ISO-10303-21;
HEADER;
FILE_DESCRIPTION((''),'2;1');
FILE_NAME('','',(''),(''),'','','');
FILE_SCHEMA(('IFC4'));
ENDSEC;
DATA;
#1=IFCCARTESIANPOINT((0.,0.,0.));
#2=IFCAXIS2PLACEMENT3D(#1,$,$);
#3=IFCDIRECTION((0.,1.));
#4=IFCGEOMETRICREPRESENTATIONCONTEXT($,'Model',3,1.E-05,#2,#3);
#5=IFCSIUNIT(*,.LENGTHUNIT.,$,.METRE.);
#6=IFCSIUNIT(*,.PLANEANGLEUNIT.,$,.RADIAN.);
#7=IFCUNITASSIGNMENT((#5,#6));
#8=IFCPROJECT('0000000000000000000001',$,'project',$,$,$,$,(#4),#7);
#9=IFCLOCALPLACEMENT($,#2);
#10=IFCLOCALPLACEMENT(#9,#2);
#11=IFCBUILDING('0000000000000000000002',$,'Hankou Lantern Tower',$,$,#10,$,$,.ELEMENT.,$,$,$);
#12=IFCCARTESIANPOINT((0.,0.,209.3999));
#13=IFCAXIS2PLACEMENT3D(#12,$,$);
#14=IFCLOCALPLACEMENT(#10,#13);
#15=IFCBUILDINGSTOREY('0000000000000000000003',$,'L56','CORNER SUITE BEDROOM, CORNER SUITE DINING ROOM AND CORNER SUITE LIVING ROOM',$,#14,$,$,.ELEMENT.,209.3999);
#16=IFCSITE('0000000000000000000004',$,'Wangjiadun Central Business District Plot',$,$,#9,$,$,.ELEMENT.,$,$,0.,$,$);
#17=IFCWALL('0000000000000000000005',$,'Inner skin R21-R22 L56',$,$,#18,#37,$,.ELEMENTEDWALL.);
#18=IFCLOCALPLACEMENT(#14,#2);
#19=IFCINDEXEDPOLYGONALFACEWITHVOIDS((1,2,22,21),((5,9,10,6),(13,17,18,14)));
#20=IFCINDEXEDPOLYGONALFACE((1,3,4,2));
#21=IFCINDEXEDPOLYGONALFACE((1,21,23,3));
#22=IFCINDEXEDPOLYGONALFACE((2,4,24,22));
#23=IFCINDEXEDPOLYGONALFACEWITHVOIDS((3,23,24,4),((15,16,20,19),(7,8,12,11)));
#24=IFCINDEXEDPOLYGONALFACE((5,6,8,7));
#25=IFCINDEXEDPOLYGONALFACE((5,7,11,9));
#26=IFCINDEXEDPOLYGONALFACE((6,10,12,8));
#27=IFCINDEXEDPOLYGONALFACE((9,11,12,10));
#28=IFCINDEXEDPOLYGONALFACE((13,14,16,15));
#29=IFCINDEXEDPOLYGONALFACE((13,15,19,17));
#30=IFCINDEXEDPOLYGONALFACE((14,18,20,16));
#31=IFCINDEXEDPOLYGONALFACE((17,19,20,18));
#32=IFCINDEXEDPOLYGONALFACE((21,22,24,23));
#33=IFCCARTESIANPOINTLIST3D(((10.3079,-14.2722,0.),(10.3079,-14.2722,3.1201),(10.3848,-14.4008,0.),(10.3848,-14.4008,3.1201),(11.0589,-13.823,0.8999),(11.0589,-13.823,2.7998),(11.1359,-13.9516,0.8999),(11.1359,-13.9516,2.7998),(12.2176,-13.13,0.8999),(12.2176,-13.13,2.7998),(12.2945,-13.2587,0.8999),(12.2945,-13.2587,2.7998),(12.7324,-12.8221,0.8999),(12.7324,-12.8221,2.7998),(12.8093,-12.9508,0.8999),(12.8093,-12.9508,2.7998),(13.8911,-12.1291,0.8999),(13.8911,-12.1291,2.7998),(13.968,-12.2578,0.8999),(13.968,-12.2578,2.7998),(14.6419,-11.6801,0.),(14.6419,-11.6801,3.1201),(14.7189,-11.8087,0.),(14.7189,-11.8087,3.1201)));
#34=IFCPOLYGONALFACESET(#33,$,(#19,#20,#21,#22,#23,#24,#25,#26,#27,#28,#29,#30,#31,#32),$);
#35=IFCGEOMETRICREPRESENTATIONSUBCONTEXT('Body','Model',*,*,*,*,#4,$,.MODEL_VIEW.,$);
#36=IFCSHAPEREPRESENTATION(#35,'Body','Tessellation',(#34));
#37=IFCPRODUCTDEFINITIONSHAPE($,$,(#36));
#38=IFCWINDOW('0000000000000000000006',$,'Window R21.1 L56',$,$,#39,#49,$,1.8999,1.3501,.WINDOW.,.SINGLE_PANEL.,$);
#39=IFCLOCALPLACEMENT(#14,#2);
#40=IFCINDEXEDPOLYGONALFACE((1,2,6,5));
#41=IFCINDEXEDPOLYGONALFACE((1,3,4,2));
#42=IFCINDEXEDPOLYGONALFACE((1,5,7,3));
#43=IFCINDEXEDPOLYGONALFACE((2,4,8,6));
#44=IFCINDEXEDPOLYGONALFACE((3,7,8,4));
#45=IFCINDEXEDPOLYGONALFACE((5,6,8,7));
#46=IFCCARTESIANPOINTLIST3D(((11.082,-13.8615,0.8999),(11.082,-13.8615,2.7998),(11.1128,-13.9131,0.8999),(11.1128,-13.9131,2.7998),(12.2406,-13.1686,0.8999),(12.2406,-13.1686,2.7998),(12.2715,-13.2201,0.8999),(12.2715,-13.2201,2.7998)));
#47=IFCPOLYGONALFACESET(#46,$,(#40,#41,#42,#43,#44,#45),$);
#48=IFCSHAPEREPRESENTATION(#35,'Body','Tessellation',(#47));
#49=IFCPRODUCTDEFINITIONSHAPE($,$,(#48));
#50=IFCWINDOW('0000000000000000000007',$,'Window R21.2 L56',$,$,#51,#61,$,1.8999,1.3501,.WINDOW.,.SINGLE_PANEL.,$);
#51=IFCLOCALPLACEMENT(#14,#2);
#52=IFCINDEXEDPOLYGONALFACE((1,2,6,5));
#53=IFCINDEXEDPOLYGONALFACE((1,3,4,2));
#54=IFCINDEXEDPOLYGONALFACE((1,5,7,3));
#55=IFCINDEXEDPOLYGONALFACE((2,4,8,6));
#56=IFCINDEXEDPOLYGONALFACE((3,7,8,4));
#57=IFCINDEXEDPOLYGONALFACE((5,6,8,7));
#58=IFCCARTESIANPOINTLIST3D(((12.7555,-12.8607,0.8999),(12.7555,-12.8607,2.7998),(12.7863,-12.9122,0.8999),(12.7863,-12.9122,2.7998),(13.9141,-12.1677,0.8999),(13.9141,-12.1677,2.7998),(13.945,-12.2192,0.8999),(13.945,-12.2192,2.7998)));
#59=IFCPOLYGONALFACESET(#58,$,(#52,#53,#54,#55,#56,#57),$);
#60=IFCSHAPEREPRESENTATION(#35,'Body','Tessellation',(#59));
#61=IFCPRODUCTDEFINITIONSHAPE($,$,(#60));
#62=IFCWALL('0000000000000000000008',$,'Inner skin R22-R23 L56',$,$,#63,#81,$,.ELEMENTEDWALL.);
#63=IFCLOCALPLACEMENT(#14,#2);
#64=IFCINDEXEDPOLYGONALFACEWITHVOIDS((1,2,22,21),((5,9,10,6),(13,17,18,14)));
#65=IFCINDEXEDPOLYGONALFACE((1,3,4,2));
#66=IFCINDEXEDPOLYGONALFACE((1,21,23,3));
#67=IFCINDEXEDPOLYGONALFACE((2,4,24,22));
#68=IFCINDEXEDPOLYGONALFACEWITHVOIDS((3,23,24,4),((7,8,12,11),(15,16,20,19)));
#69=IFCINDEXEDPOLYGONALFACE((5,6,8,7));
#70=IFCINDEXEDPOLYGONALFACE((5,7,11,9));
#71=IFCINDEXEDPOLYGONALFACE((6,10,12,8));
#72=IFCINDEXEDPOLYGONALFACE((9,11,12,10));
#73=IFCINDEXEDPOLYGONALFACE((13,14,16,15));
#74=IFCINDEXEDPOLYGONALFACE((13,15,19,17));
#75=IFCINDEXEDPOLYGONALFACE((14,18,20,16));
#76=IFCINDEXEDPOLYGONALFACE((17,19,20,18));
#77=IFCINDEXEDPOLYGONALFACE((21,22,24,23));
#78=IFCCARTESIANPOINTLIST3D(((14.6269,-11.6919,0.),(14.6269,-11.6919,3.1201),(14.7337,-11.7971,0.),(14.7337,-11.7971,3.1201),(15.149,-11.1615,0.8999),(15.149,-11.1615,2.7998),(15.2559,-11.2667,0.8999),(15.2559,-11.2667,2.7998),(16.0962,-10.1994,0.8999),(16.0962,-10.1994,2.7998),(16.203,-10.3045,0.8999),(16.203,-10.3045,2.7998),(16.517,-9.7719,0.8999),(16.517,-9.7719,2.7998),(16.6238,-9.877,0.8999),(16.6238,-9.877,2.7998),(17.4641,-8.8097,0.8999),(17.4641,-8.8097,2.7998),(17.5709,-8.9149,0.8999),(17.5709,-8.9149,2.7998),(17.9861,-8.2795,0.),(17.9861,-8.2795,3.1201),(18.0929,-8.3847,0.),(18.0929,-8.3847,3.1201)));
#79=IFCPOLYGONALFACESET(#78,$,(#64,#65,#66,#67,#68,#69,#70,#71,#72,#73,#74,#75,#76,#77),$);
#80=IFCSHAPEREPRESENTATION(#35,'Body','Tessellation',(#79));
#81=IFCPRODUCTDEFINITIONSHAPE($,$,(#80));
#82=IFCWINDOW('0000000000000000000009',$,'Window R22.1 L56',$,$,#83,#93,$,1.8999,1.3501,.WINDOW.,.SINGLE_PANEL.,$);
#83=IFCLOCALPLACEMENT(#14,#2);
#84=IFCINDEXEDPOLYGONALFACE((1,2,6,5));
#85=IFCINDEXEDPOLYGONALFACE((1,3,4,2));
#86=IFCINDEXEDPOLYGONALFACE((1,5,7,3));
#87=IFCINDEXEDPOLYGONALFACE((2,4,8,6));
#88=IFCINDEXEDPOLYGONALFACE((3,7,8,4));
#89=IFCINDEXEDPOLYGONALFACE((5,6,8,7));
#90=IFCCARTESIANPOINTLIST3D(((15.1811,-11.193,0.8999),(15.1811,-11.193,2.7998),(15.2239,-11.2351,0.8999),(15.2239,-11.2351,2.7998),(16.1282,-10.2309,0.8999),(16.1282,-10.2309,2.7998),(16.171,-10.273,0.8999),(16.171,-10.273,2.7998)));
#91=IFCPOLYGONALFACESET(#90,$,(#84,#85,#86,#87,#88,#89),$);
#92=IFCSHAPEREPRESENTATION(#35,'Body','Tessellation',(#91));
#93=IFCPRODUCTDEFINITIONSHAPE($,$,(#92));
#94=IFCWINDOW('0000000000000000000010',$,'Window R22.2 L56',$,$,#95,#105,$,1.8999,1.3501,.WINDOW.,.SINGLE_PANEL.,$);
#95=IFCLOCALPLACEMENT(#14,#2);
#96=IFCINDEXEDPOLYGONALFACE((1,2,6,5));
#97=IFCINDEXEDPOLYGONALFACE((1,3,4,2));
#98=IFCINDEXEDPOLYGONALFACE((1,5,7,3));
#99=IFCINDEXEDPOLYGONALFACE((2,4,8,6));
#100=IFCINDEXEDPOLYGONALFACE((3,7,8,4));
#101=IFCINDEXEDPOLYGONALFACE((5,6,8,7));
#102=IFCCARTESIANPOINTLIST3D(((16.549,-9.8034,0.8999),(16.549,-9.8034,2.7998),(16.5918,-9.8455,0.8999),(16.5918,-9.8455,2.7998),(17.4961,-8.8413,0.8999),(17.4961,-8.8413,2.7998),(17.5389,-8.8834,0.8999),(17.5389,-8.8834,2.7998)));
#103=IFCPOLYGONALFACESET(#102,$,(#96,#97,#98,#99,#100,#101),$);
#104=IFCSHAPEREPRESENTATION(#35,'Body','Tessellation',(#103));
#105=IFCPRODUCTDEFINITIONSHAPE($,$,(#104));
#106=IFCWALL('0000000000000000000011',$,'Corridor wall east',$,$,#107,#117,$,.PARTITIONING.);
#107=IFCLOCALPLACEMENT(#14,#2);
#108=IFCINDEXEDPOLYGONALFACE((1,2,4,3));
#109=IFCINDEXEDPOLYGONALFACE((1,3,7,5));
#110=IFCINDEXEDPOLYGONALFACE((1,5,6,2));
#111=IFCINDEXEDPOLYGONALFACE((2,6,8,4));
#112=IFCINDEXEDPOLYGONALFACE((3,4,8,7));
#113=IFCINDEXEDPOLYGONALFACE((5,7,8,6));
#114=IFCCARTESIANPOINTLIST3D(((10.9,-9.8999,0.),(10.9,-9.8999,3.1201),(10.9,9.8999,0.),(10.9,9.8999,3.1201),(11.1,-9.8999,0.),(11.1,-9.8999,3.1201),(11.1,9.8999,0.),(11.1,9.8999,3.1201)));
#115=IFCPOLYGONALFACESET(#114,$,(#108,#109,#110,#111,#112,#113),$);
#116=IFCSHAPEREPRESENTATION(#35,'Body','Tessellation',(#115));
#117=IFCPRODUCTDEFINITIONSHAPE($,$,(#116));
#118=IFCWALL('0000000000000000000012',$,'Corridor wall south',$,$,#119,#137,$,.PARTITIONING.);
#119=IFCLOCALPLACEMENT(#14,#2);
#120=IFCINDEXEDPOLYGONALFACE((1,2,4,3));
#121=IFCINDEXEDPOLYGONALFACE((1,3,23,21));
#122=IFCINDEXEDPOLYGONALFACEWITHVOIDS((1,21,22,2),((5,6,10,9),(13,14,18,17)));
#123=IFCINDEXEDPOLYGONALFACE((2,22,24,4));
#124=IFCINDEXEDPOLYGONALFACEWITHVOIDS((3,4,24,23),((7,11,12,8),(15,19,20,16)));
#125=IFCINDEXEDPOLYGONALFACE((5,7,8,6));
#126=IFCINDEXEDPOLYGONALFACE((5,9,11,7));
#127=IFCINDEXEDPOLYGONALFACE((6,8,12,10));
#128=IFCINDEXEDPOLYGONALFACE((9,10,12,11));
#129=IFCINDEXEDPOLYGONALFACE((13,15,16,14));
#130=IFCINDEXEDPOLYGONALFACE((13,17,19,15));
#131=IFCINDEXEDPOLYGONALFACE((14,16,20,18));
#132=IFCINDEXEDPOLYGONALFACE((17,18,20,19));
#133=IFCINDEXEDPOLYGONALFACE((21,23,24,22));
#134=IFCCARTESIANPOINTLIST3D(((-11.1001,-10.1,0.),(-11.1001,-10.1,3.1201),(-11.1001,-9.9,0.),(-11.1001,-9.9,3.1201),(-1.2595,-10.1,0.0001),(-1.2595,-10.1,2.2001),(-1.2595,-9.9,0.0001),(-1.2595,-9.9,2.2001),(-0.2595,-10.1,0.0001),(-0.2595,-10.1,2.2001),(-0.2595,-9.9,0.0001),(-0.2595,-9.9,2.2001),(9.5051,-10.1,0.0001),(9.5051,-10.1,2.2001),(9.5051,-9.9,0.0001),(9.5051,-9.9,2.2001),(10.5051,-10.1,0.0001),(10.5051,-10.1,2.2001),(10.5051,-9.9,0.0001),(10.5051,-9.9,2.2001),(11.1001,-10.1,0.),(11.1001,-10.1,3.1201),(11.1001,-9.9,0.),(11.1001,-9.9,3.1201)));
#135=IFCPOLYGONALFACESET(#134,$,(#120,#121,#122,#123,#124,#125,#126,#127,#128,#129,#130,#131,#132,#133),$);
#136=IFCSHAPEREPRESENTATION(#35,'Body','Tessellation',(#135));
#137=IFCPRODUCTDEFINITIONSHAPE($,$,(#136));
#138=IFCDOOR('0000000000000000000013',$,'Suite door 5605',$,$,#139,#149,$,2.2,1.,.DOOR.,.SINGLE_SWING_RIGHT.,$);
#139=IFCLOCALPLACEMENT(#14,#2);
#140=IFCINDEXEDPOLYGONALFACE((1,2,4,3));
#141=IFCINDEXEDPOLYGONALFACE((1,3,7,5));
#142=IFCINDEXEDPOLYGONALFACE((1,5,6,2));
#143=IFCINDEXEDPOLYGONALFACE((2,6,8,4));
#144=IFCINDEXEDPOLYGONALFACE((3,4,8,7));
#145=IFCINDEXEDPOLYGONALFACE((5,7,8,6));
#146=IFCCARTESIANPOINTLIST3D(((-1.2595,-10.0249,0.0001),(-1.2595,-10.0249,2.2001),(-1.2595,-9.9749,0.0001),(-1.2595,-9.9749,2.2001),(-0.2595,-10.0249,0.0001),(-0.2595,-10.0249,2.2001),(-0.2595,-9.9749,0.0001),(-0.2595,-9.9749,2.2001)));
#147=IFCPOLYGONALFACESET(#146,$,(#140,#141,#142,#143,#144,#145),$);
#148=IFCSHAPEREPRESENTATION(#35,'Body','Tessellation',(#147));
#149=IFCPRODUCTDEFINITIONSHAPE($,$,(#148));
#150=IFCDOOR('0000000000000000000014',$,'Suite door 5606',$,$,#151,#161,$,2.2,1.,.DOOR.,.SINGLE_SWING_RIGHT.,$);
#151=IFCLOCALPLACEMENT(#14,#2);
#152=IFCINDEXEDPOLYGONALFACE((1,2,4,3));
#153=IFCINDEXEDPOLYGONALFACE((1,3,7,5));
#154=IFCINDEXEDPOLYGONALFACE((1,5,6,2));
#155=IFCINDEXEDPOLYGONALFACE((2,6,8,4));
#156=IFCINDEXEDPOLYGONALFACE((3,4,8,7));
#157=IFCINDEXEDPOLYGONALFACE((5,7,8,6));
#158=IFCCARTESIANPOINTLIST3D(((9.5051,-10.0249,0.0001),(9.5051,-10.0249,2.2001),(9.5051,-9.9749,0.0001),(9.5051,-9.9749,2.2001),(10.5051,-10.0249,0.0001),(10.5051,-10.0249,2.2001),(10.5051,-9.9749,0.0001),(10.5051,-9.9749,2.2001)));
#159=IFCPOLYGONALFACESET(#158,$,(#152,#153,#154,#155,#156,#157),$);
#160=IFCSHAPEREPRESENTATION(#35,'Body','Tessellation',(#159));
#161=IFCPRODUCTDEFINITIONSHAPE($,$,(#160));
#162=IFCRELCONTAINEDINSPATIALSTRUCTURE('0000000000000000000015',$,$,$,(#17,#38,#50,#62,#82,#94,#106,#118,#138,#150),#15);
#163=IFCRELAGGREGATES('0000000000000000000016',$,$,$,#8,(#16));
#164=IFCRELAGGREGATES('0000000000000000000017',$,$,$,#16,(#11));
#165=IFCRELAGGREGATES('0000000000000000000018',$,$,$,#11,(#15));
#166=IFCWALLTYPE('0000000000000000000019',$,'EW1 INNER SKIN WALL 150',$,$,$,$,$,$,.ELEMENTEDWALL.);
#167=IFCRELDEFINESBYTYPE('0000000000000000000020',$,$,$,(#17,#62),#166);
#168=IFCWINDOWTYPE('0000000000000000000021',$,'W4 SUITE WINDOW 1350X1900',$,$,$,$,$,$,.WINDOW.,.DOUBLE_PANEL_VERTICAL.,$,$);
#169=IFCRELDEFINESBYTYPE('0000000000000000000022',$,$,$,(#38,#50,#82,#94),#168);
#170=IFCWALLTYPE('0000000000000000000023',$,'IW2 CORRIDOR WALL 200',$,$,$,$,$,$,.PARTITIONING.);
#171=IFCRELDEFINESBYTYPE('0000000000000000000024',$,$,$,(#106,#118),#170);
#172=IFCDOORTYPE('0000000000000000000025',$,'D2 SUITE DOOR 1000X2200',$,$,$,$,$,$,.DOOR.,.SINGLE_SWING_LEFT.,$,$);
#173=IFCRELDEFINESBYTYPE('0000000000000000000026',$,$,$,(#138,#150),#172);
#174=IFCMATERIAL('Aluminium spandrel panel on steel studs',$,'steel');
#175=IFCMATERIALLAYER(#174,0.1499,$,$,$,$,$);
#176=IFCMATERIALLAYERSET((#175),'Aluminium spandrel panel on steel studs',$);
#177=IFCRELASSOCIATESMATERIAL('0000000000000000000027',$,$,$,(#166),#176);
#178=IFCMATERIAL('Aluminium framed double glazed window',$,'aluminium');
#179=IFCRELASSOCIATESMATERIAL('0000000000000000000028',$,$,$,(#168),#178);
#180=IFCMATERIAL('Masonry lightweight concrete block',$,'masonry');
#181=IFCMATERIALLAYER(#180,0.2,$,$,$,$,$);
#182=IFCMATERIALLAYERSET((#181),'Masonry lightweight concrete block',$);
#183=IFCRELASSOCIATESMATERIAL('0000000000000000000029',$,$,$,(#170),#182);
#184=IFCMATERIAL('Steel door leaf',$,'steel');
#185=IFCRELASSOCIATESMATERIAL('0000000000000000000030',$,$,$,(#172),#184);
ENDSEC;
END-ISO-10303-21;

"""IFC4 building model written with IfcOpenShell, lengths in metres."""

from ifc_helpers import new_model, si_unit, direction, frame, frame_2d, origin, place, context, subcontext, project, spatial, rectangle, extrude, material, layer, layer_set, type_object, element, fill, save


model = new_model("IFC4")

# Units and contexts
model_context = context("Model", 3, precision=1e-05, world=origin(), true_north=direction((0.0, 1.0)))
body_context = subcontext(model_context, "Body", "Model", "MODEL_VIEW")
ifc_project = project(units=[si_unit("LENGTHUNIT", "METRE"), si_unit("PLANEANGLEUNIT", "RADIAN")], contexts=[model_context])

# Site, building, storey
site_placement = place(None, origin())
site = spatial("IfcSite", under=ifc_project, at=site_placement, Name="Wangjiadun Central Business District Plot", CompositionType="ELEMENT", RefElevation=0.0)
building_placement = place(site_placement, origin())
building = spatial("IfcBuilding", under=site, at=building_placement, Name="Hankou Lantern Tower", CompositionType="ELEMENT")
storey_placement = place(building_placement, frame((0.0, 0.0, 209.3999)))
storey = spatial("IfcBuildingStorey", under=building, at=storey_placement, Name="L56", Description="CORNER SUITE BEDROOM, CORNER SUITE DINING ROOM AND CORNER SUITE LIVING ROOM", CompositionType="ELEMENT", Elevation=209.3999)

# Walls, openings, windows
ifc_material_1 = material(Name="Aluminium spandrel panel on steel studs", Category="steel")
ifc_layer_1 = layer(ifc_material_1, 0.1499)
ifc_layer_set_1 = layer_set([ifc_layer_1], Name="Aluminium spandrel panel on steel studs")
wall_type_1 = type_object("IfcWallType", Name="EW1 INNER SKIN WALL 150", PredefinedType="ELEMENTEDWALL", material=ifc_layer_set_1)
wall_1_placement = place(storey_placement, frame((10.3464, -14.3364, 0.0), z_axis=(0.0, 0.0, 1.0), x_axis=(0.858222, 0.51328, 0.0)))
wall_1 = element("IfcWall", 1, at=wall_1_placement, inside=storey, type_object=wall_type_1, Name="Inner skin R21-R22 L56", PredefinedType="ELEMENTEDWALL", context=body_context, shape_type="SweptSolid", body=[
    extrude(rectangle(XDim=5.05, YDim=0.1499, at=frame_2d((2.5249, 0.0))), origin(), (0.0, 0.0, 1.0), 3.1201),
])
opening_1_placement = place(wall_1_placement, frame((0.875, 0.0, 0.8999)))
opening_1 = element("IfcOpeningElement", 2, at=opening_1_placement, cuts=wall_1, PredefinedType="OPENING", context=body_context, shape_type="SweptSolid", body=[
    extrude(rectangle(XDim=1.3501, YDim=1.8999, at=frame_2d((0.675, 0.95))), frame((0.0, 0.085, 0.0), z_axis=(0.0, -1.0, 0.0), x_axis=(1.0, 0.0, 0.0)), (0.0, 0.0, 1.0), 0.1699),
])
opening_2_placement = place(wall_1_placement, frame((2.825, 0.0, 0.8999)))
opening_2 = element("IfcOpeningElement", 3, at=opening_2_placement, cuts=wall_1, PredefinedType="OPENING", context=body_context, shape_type="SweptSolid", body=[
    extrude(rectangle(XDim=1.3501, YDim=1.8999, at=frame_2d((0.675, 0.95))), frame((0.0, 0.085, 0.0), z_axis=(0.0, -1.0, 0.0), x_axis=(1.0, 0.0, 0.0)), (0.0, 0.0, 1.0), 0.1699),
])
ifc_material_2 = material(Name="Aluminium framed double glazed window", Category="aluminium")
window_type = type_object("IfcWindowType", Name="W4 SUITE WINDOW 1350X1900", PartitioningType="DOUBLE_PANEL_VERTICAL", PredefinedType="WINDOW", material=ifc_material_2)
window_1_placement = place(opening_1_placement, origin())
window_1 = element("IfcWindow", 4, at=window_1_placement, inside=storey, type_object=window_type, Name="Window R21.1 L56", OverallHeight=1.8999, OverallWidth=1.3501, PartitioningType="SINGLE_PANEL", PredefinedType="WINDOW", context=body_context, shape_type="SweptSolid", body=[
    extrude(rectangle(XDim=1.3501, YDim=1.8999, at=frame_2d((0.675, 0.95))), frame((0.0, 0.03, 0.0), z_axis=(0.0, -1.0, 0.0), x_axis=(1.0, 0.0, 0.0)), (0.0, 0.0, 1.0), 0.0601),
])
fill(opening_1, window_1)
window_2_placement = place(opening_2_placement, origin())
window_2 = element("IfcWindow", 5, at=window_2_placement, inside=storey, type_object=window_type, Name="Window R21.2 L56", OverallHeight=1.8999, OverallWidth=1.3501, PartitioningType="SINGLE_PANEL", PredefinedType="WINDOW", context=body_context, shape_type="SweptSolid", body=[
    extrude(rectangle(XDim=1.3501, YDim=1.8999, at=frame_2d((0.675, 0.95))), frame((0.0, 0.03, 0.0), z_axis=(0.0, -1.0, 0.0), x_axis=(1.0, 0.0, 0.0)), (0.0, 0.0, 1.0), 0.0601),
])
fill(opening_2, window_2)
wall_2_placement = place(storey_placement, frame((14.6804, -11.7444, 0.0), z_axis=(0.0, 0.0, 1.0), x_axis=(0.701527, 0.712643, 0.0)))
wall_2 = element("IfcWall", 6, at=wall_2_placement, inside=storey, type_object=wall_type_1, Name="Inner skin R22-R23 L56", PredefinedType="ELEMENTEDWALL", context=body_context, shape_type="SweptSolid", body=[
    extrude(rectangle(XDim=4.7883, YDim=0.1499, at=frame_2d((2.394, 0.0))), origin(), (0.0, 0.0, 1.0), 3.1201),
])
opening_3_placement = place(wall_2_placement, frame((0.7441, 0.0, 0.8999)))
opening_3 = element("IfcOpeningElement", 7, at=opening_3_placement, cuts=wall_2, PredefinedType="OPENING", context=body_context, shape_type="SweptSolid", body=[
    extrude(rectangle(XDim=1.3501, YDim=1.8999, at=frame_2d((0.675, 0.95))), frame((0.0, 0.085, 0.0), z_axis=(0.0, -1.0, 0.0), x_axis=(1.0, 0.0, 0.0)), (0.0, 0.0, 1.0), 0.1699),
])
opening_4_placement = place(wall_2_placement, frame((2.6941, 0.0, 0.8999)))
opening_4 = element("IfcOpeningElement", 8, at=opening_4_placement, cuts=wall_2, PredefinedType="OPENING", context=body_context, shape_type="SweptSolid", body=[
    extrude(rectangle(XDim=1.3501, YDim=1.8999, at=frame_2d((0.675, 0.95))), frame((0.0, 0.085, 0.0), z_axis=(0.0, -1.0, 0.0), x_axis=(1.0, 0.0, 0.0)), (0.0, 0.0, 1.0), 0.1699),
])
window_3_placement = place(opening_3_placement, origin())
window_3 = element("IfcWindow", 9, at=window_3_placement, inside=storey, type_object=window_type, Name="Window R22.1 L56", OverallHeight=1.8999, OverallWidth=1.3501, PartitioningType="SINGLE_PANEL", PredefinedType="WINDOW", context=body_context, shape_type="SweptSolid", body=[
    extrude(rectangle(XDim=1.3501, YDim=1.8999, at=frame_2d((0.675, 0.95))), frame((0.0, 0.03, 0.0), z_axis=(0.0, -1.0, 0.0), x_axis=(1.0, 0.0, 0.0)), (0.0, 0.0, 1.0), 0.0601),
])
fill(opening_3, window_3)
window_4_placement = place(opening_4_placement, origin())
window_4 = element("IfcWindow", 10, at=window_4_placement, inside=storey, type_object=window_type, Name="Window R22.2 L56", OverallHeight=1.8999, OverallWidth=1.3501, PartitioningType="SINGLE_PANEL", PredefinedType="WINDOW", context=body_context, shape_type="SweptSolid", body=[
    extrude(rectangle(XDim=1.3501, YDim=1.8999, at=frame_2d((0.675, 0.95))), frame((0.0, 0.03, 0.0), z_axis=(0.0, -1.0, 0.0), x_axis=(1.0, 0.0, 0.0)), (0.0, 0.0, 1.0), 0.0601),
])
fill(opening_4, window_4)

# Wall
ifc_material_3 = material(Name="Masonry lightweight concrete block", Category="masonry")
ifc_layer_2 = layer(ifc_material_3, 0.2)
ifc_layer_set_2 = layer_set([ifc_layer_2], Name="Masonry lightweight concrete block")
wall_type_2 = type_object("IfcWallType", Name="IW2 CORRIDOR WALL 200", PredefinedType="PARTITIONING", material=ifc_layer_set_2)
wall_3_placement = place(storey_placement, frame((11.0, -9.8999, 0.0), z_axis=(0.0, 0.0, 1.0), x_axis=(0.0, 1.0, 0.0)))
element("IfcWall", 11, at=wall_3_placement, inside=storey, type_object=wall_type_2, Name="Corridor wall east", PredefinedType="PARTITIONING", context=body_context, shape_type="SweptSolid", body=[
    extrude(rectangle(XDim=19.7998, YDim=0.2, at=frame_2d((9.8999, 0.0))), origin(), (0.0, 0.0, 1.0), 3.1201),
])

# Wall, openings, doors
wall_4_placement = place(storey_placement, frame((11.1001, -10.0, 0.0), z_axis=(0.0, 0.0, 1.0), x_axis=(-1.0, 0.0, 0.0)))
wall_4 = element("IfcWall", 12, at=wall_4_placement, inside=storey, type_object=wall_type_2, Name="Corridor wall south", PredefinedType="PARTITIONING", context=body_context, shape_type="SweptSolid", body=[
    extrude(rectangle(XDim=22.2002, YDim=0.2, at=frame_2d((11.1001, 0.0))), origin(), (0.0, 0.0, 1.0), 3.1201),
])
opening_5_placement = place(wall_4_placement, frame((11.3596, 0.0, 0.0)))
opening_5 = element("IfcOpeningElement", 13, at=opening_5_placement, cuts=wall_4, PredefinedType="OPENING", context=body_context, shape_type="SweptSolid", body=[
    extrude(rectangle(XDim=1.0, YDim=2.2, at=frame_2d((0.5, 1.1001))), frame((0.0, 0.1099, 0.0), z_axis=(0.0, -1.0, 0.0), x_axis=(1.0, 0.0, 0.0)), (0.0, 0.0, 1.0), 0.22),
])
opening_6_placement = place(wall_4_placement, frame((0.595, 0.0, 0.0)))
opening_6 = element("IfcOpeningElement", 14, at=opening_6_placement, cuts=wall_4, PredefinedType="OPENING", context=body_context, shape_type="SweptSolid", body=[
    extrude(rectangle(XDim=1.0, YDim=2.2, at=frame_2d((0.5, 1.1001))), frame((0.0, 0.1099, 0.0), z_axis=(0.0, -1.0, 0.0), x_axis=(1.0, 0.0, 0.0)), (0.0, 0.0, 1.0), 0.22),
])
ifc_material_4 = material(Name="Steel door leaf", Category="steel")
door_type_1 = type_object("IfcDoorType", Name="D2 SUITE DOOR 1000X2200", OperationType="SINGLE_SWING_LEFT", PredefinedType="DOOR", material=ifc_material_4)
door_1_placement = place(opening_5_placement, origin())
door_1 = element("IfcDoor", 15, at=door_1_placement, inside=storey, type_object=door_type_1, Name="Suite door 5605", OperationType="SINGLE_SWING_RIGHT", OverallHeight=2.2, OverallWidth=1.0, PredefinedType="DOOR", context=body_context, shape_type="SweptSolid", body=[
    extrude(rectangle(XDim=1.0, YDim=2.2, at=frame_2d((0.5, 1.1001))), frame((0.0, 0.0249, 0.0), z_axis=(0.0, -1.0, 0.0), x_axis=(1.0, 0.0, 0.0)), (0.0, 0.0, 1.0), 0.05),
])
fill(opening_5, door_1)
door_2_placement = place(opening_6_placement, origin())
door_2 = element("IfcDoor", 16, at=door_2_placement, inside=storey, type_object=door_type_1, Name="Suite door 5606", OperationType="SINGLE_SWING_RIGHT", OverallHeight=2.2, OverallWidth=1.0, PredefinedType="DOOR", context=body_context, shape_type="SweptSolid", body=[
    extrude(rectangle(XDim=1.0, YDim=2.2, at=frame_2d((0.5, 1.1001))), frame((0.0, 0.0249, 0.0), z_axis=(0.0, -1.0, 0.0), x_axis=(1.0, 0.0, 0.0)), (0.0, 0.0, 1.0), 0.05),
])
fill(opening_6, door_2)

save(model, "model.ifc")
